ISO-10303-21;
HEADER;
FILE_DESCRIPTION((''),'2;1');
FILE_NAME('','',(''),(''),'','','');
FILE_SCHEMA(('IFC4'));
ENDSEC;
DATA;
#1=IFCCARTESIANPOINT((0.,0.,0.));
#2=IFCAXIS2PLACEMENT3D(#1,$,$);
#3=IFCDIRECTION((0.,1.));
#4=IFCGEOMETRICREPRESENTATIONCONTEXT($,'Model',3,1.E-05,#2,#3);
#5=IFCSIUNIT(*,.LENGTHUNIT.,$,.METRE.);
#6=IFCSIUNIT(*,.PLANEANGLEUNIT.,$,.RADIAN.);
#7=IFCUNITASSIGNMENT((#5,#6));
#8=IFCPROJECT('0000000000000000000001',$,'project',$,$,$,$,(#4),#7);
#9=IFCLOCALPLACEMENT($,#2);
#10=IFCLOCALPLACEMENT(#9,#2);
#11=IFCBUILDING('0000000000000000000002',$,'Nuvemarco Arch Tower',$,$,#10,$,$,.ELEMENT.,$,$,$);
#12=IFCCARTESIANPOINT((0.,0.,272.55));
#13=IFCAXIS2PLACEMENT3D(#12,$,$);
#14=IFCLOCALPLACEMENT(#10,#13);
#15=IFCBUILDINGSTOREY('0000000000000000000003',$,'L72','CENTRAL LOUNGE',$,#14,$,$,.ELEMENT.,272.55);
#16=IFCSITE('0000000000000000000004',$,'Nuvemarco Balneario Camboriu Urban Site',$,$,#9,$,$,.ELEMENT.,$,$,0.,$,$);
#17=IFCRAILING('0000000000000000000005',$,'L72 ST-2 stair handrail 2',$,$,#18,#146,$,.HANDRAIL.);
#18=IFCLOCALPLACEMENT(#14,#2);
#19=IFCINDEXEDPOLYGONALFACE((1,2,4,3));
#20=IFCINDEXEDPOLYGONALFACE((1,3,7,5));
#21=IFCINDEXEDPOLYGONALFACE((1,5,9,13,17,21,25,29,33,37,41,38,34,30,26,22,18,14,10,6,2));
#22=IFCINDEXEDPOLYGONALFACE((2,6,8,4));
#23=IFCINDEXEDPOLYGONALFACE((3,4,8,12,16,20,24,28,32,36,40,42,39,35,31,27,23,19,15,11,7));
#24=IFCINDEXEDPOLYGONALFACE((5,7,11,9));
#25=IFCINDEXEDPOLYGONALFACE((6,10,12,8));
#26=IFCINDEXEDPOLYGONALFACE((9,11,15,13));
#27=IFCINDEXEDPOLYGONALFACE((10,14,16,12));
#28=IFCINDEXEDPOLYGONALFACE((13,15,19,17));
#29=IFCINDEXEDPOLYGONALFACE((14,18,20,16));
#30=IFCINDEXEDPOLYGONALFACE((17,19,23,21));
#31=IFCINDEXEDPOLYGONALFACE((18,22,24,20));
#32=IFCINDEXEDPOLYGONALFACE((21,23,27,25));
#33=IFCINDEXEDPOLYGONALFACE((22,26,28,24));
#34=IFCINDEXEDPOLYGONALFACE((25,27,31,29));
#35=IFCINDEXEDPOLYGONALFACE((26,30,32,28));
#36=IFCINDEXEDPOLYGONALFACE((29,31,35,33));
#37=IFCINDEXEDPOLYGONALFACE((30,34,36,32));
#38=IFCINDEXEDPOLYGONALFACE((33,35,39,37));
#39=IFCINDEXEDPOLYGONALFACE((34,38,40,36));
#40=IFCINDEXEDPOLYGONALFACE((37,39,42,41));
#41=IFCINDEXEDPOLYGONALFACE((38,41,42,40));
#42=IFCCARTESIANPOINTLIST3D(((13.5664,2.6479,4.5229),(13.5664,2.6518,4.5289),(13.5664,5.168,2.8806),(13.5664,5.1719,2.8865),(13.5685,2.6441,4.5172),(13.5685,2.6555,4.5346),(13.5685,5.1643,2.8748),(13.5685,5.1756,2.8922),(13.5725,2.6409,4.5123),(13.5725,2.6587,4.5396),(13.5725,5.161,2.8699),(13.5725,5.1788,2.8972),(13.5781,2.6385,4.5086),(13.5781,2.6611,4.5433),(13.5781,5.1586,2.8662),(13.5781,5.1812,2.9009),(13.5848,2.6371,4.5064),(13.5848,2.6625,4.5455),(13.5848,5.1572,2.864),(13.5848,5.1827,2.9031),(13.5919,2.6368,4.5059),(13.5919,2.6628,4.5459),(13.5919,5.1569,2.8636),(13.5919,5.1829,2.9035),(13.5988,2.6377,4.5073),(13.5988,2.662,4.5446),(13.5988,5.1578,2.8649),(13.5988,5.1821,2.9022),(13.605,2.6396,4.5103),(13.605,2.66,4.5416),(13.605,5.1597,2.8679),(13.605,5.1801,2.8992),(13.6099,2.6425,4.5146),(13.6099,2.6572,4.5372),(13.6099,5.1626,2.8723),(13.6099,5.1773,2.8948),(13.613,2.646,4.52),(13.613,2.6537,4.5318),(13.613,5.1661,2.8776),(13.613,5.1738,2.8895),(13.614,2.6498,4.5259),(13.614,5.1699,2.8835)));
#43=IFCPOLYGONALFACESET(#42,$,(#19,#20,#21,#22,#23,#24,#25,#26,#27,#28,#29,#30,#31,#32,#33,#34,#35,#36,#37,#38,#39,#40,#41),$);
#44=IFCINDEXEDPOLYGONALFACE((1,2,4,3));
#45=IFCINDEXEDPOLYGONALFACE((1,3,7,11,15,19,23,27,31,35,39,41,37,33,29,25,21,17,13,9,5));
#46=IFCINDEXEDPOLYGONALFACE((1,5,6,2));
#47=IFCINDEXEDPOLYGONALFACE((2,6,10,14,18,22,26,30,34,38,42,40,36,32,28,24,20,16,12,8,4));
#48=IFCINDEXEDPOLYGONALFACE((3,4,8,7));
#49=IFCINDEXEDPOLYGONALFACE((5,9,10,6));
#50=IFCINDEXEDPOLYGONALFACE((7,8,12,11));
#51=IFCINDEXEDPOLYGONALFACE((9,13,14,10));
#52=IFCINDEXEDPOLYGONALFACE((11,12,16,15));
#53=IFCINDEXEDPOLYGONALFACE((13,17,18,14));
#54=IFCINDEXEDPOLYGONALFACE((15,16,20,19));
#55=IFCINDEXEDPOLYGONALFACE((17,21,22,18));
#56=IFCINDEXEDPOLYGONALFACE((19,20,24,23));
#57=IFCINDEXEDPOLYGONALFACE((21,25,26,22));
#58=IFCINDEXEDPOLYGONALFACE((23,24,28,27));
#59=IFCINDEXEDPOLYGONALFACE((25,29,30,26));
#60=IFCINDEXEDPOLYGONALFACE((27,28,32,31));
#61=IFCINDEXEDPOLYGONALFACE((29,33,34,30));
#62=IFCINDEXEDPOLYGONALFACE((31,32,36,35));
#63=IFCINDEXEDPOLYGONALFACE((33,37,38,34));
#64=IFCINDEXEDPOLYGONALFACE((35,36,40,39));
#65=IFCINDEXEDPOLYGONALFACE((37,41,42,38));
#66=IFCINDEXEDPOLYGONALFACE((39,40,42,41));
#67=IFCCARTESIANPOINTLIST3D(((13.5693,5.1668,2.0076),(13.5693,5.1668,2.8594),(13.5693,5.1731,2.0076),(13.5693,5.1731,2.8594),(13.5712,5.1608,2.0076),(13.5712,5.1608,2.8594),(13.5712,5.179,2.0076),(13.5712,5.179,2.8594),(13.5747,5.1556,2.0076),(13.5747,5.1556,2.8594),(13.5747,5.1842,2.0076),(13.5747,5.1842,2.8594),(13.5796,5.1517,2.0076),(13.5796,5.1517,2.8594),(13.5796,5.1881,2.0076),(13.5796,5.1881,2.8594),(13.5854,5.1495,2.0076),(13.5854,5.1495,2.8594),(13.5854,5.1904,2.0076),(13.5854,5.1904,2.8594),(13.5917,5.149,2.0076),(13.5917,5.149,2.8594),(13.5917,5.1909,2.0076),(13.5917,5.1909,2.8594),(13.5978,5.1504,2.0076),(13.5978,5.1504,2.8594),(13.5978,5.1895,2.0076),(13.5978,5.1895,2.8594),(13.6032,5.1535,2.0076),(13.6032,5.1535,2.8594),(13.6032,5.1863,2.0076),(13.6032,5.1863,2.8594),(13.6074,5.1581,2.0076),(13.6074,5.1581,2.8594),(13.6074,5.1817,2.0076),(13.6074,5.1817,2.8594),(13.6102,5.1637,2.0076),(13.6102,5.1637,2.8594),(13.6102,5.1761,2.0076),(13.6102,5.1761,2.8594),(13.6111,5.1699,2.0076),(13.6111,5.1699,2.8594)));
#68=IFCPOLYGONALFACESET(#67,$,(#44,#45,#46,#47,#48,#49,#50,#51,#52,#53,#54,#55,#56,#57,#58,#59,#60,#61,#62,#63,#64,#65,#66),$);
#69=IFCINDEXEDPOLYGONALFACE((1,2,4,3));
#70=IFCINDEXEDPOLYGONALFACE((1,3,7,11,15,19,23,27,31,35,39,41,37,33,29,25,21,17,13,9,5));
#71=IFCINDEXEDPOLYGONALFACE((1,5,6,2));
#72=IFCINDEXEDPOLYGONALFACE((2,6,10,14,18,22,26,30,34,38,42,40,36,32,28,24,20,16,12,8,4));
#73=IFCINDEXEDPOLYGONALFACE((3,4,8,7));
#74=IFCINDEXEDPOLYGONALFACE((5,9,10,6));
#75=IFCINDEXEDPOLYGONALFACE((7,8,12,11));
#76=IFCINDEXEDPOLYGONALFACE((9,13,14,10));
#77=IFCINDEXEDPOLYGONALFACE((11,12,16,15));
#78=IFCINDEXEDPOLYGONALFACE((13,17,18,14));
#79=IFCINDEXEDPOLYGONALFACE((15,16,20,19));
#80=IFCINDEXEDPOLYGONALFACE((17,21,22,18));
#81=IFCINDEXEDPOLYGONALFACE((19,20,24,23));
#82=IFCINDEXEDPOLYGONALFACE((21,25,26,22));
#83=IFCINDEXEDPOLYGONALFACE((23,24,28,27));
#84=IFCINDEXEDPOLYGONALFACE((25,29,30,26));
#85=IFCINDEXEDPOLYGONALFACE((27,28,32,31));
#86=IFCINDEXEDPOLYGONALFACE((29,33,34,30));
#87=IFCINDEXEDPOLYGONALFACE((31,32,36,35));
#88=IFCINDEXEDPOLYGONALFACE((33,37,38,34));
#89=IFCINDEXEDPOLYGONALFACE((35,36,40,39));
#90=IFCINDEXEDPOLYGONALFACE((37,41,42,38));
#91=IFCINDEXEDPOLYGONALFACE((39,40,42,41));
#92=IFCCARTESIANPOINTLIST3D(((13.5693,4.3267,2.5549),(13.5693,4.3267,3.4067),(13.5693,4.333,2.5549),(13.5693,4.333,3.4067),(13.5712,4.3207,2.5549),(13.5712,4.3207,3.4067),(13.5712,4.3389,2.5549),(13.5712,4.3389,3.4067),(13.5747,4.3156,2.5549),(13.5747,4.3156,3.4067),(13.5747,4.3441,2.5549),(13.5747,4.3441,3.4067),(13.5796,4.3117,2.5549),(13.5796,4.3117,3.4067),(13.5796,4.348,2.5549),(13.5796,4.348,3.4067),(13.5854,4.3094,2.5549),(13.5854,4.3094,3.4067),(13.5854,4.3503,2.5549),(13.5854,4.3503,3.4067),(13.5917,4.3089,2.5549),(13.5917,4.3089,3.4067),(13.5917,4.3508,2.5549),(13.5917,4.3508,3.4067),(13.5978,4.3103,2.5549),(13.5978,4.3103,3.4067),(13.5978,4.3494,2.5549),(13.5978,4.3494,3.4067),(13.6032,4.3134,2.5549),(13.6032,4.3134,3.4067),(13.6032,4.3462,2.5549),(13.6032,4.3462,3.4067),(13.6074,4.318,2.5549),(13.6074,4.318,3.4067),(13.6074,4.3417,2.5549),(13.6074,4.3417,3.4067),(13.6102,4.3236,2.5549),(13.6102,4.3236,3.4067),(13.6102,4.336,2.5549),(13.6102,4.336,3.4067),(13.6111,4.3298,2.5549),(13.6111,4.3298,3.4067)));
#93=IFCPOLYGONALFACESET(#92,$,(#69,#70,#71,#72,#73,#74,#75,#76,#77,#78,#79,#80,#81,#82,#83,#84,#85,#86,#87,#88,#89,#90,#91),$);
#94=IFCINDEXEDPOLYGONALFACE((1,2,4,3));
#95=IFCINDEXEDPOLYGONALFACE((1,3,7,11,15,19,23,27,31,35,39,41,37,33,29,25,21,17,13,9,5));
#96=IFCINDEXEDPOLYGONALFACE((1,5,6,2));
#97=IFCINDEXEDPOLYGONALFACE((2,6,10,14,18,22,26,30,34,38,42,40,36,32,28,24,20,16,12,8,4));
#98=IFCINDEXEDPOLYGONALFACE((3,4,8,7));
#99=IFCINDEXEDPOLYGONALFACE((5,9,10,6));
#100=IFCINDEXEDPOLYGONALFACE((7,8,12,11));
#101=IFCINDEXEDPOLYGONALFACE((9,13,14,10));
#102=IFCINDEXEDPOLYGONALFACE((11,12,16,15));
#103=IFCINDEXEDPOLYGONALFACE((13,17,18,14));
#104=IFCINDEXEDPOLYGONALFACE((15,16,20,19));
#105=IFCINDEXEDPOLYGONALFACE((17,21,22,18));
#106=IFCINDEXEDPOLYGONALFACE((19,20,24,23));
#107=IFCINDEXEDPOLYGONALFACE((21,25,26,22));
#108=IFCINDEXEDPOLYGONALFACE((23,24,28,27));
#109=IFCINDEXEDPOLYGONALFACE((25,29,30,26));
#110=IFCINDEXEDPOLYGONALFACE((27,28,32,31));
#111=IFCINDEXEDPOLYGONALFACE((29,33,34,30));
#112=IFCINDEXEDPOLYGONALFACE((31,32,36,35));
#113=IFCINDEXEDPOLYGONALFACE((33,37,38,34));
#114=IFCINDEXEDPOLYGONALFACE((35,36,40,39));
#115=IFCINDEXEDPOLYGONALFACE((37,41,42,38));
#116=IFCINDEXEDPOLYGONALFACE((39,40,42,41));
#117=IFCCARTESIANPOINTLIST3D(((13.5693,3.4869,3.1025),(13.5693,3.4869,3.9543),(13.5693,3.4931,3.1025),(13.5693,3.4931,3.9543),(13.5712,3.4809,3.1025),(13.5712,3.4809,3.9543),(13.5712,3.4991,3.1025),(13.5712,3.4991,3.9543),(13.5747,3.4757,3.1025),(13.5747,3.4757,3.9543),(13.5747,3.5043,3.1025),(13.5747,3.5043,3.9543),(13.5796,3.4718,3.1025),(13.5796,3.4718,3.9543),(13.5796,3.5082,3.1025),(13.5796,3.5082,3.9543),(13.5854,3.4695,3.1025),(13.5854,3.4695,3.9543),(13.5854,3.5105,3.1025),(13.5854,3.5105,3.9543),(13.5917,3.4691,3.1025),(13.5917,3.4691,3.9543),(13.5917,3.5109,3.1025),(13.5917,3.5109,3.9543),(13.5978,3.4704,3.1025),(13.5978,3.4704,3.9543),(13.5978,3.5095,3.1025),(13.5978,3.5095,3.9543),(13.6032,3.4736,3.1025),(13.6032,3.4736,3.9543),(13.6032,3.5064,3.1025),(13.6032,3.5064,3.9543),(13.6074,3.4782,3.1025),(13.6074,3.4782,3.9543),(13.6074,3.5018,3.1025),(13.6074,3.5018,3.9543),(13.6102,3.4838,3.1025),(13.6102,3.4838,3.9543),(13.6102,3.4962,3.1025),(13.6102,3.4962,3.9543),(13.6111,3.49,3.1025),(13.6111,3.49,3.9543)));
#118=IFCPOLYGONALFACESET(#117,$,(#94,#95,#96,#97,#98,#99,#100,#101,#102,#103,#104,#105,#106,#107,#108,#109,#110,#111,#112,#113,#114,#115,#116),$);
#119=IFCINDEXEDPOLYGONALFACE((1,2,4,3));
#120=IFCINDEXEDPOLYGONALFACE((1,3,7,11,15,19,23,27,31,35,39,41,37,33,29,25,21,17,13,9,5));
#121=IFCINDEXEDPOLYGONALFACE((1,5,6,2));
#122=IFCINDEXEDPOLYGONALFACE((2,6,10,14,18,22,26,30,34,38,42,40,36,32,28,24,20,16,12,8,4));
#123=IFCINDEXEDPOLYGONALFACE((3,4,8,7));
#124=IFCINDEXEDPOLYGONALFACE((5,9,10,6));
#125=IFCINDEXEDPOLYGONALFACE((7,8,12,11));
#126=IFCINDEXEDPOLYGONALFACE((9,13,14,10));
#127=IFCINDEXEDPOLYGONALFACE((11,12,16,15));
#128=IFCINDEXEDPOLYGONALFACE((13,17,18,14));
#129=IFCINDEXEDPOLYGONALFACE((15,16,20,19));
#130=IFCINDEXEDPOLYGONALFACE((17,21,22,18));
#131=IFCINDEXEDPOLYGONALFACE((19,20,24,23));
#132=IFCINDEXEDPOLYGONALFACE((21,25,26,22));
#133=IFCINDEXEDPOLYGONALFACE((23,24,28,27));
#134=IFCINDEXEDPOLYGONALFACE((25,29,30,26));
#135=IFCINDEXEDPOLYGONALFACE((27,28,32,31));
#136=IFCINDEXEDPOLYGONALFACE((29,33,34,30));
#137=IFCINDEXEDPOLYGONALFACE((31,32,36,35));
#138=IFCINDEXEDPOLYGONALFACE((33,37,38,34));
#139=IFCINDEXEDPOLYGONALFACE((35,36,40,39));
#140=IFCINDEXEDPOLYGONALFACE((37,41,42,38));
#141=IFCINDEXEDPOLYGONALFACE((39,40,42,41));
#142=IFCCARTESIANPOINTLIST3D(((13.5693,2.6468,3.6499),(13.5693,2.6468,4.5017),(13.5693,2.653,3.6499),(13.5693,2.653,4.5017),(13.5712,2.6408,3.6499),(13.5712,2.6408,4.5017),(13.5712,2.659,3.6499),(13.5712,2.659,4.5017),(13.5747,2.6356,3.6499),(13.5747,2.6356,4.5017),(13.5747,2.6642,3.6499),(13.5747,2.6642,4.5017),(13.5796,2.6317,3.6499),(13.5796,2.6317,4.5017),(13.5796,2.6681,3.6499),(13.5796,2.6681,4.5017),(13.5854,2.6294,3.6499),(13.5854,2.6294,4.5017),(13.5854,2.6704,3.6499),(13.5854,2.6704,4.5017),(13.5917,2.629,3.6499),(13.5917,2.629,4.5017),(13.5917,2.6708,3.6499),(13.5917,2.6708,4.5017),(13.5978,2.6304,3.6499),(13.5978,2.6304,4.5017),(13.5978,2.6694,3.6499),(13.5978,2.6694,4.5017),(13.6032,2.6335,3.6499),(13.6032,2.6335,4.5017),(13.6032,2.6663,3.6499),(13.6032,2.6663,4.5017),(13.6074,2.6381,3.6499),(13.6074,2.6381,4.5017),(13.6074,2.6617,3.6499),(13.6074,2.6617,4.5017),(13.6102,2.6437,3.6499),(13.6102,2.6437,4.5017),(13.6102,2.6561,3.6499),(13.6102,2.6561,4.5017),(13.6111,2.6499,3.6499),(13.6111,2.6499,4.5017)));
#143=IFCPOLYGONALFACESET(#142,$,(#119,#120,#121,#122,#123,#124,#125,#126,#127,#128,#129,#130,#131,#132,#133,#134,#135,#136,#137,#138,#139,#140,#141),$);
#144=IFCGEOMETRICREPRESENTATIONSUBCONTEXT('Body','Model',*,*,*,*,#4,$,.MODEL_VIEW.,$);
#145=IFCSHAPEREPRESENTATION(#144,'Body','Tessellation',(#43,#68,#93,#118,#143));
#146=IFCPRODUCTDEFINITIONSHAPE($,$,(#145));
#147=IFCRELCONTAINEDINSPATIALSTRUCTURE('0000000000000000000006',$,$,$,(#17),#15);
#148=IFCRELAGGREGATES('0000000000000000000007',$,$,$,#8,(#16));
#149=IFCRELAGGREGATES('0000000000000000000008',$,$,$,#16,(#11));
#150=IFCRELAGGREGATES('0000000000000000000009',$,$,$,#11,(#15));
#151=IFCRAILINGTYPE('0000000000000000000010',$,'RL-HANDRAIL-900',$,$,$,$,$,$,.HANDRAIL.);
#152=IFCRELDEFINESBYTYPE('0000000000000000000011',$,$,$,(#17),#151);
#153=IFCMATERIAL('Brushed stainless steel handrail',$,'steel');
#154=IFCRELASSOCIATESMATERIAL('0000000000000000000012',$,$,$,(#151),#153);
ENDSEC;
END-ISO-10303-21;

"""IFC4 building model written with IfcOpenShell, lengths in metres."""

from ifc_helpers import new_model, si_unit, direction, frame, origin, origin_2d, place, context, subcontext, project, spatial, circle, extrude, material, type_object, element, save


model = new_model("IFC4")

# Units and contexts
model_context = context("Model", 3, precision=1e-05, world=origin(), true_north=direction((0.0, 1.0)))
body_context = subcontext(model_context, "Body", "Model", "MODEL_VIEW")
ifc_project = project(units=[si_unit("LENGTHUNIT", "METRE"), si_unit("PLANEANGLEUNIT", "RADIAN")], contexts=[model_context])

# Site, building, storey
site_placement = place(None, origin())
site = spatial("IfcSite", under=ifc_project, at=site_placement, Name="Nuvemarco Balneario Camboriu Urban Site", CompositionType="ELEMENT", RefElevation=0.0)
building_placement = place(site_placement, origin())
building = spatial("IfcBuilding", under=site, at=building_placement, Name="Nuvemarco Arch Tower", CompositionType="ELEMENT")
storey_placement = place(building_placement, frame((0.0, 0.0, 272.55)))
storey = spatial("IfcBuildingStorey", under=building, at=storey_placement, Name="L72", Description="CENTRAL LOUNGE", CompositionType="ELEMENT", Elevation=272.55)

# Railing
ifc_material_1 = material(Name="Brushed stainless steel handrail", Category="steel")
railing_type_1 = type_object("IfcRailingType", Name="RL-HANDRAIL-900", PredefinedType="HANDRAIL", material=ifc_material_1)
railing_1_placement = place(storey_placement, frame((13.5901, 5.1699, 2.0076)))
element("IfcRailing", 1, at=railing_1_placement, inside=storey, type_object=railing_type_1, Name="L72 ST-2 stair handrail 2", PredefinedType="HANDRAIL", context=body_context, shape_type="SweptSolid", body=[
    extrude(circle(Radius=0.0239, at=origin_2d()), frame((0.0, 0.0, 0.876), z_axis=(0.0, -0.837787, 0.545998), x_axis=(1.0, 0.0, 0.0)), (0.0, 0.0, 1.0), 3.0081),
    extrude(circle(Radius=0.021, at=origin_2d()), origin(), (0.0, 0.0, 1.0), 0.8518),
    extrude(circle(Radius=0.021, at=origin_2d()), frame((0.0, -0.8401, 0.5474)), (0.0, 0.0, 1.0), 0.8518),
    extrude(circle(Radius=0.021, at=origin_2d()), frame((0.0, -1.6799, 1.095)), (0.0, 0.0, 1.0), 0.8518),
    extrude(circle(Radius=0.021, at=origin_2d()), frame((0.0, -2.52, 1.6423)), (0.0, 0.0, 1.0), 0.8518),
])

save(model, "model.ifc")
